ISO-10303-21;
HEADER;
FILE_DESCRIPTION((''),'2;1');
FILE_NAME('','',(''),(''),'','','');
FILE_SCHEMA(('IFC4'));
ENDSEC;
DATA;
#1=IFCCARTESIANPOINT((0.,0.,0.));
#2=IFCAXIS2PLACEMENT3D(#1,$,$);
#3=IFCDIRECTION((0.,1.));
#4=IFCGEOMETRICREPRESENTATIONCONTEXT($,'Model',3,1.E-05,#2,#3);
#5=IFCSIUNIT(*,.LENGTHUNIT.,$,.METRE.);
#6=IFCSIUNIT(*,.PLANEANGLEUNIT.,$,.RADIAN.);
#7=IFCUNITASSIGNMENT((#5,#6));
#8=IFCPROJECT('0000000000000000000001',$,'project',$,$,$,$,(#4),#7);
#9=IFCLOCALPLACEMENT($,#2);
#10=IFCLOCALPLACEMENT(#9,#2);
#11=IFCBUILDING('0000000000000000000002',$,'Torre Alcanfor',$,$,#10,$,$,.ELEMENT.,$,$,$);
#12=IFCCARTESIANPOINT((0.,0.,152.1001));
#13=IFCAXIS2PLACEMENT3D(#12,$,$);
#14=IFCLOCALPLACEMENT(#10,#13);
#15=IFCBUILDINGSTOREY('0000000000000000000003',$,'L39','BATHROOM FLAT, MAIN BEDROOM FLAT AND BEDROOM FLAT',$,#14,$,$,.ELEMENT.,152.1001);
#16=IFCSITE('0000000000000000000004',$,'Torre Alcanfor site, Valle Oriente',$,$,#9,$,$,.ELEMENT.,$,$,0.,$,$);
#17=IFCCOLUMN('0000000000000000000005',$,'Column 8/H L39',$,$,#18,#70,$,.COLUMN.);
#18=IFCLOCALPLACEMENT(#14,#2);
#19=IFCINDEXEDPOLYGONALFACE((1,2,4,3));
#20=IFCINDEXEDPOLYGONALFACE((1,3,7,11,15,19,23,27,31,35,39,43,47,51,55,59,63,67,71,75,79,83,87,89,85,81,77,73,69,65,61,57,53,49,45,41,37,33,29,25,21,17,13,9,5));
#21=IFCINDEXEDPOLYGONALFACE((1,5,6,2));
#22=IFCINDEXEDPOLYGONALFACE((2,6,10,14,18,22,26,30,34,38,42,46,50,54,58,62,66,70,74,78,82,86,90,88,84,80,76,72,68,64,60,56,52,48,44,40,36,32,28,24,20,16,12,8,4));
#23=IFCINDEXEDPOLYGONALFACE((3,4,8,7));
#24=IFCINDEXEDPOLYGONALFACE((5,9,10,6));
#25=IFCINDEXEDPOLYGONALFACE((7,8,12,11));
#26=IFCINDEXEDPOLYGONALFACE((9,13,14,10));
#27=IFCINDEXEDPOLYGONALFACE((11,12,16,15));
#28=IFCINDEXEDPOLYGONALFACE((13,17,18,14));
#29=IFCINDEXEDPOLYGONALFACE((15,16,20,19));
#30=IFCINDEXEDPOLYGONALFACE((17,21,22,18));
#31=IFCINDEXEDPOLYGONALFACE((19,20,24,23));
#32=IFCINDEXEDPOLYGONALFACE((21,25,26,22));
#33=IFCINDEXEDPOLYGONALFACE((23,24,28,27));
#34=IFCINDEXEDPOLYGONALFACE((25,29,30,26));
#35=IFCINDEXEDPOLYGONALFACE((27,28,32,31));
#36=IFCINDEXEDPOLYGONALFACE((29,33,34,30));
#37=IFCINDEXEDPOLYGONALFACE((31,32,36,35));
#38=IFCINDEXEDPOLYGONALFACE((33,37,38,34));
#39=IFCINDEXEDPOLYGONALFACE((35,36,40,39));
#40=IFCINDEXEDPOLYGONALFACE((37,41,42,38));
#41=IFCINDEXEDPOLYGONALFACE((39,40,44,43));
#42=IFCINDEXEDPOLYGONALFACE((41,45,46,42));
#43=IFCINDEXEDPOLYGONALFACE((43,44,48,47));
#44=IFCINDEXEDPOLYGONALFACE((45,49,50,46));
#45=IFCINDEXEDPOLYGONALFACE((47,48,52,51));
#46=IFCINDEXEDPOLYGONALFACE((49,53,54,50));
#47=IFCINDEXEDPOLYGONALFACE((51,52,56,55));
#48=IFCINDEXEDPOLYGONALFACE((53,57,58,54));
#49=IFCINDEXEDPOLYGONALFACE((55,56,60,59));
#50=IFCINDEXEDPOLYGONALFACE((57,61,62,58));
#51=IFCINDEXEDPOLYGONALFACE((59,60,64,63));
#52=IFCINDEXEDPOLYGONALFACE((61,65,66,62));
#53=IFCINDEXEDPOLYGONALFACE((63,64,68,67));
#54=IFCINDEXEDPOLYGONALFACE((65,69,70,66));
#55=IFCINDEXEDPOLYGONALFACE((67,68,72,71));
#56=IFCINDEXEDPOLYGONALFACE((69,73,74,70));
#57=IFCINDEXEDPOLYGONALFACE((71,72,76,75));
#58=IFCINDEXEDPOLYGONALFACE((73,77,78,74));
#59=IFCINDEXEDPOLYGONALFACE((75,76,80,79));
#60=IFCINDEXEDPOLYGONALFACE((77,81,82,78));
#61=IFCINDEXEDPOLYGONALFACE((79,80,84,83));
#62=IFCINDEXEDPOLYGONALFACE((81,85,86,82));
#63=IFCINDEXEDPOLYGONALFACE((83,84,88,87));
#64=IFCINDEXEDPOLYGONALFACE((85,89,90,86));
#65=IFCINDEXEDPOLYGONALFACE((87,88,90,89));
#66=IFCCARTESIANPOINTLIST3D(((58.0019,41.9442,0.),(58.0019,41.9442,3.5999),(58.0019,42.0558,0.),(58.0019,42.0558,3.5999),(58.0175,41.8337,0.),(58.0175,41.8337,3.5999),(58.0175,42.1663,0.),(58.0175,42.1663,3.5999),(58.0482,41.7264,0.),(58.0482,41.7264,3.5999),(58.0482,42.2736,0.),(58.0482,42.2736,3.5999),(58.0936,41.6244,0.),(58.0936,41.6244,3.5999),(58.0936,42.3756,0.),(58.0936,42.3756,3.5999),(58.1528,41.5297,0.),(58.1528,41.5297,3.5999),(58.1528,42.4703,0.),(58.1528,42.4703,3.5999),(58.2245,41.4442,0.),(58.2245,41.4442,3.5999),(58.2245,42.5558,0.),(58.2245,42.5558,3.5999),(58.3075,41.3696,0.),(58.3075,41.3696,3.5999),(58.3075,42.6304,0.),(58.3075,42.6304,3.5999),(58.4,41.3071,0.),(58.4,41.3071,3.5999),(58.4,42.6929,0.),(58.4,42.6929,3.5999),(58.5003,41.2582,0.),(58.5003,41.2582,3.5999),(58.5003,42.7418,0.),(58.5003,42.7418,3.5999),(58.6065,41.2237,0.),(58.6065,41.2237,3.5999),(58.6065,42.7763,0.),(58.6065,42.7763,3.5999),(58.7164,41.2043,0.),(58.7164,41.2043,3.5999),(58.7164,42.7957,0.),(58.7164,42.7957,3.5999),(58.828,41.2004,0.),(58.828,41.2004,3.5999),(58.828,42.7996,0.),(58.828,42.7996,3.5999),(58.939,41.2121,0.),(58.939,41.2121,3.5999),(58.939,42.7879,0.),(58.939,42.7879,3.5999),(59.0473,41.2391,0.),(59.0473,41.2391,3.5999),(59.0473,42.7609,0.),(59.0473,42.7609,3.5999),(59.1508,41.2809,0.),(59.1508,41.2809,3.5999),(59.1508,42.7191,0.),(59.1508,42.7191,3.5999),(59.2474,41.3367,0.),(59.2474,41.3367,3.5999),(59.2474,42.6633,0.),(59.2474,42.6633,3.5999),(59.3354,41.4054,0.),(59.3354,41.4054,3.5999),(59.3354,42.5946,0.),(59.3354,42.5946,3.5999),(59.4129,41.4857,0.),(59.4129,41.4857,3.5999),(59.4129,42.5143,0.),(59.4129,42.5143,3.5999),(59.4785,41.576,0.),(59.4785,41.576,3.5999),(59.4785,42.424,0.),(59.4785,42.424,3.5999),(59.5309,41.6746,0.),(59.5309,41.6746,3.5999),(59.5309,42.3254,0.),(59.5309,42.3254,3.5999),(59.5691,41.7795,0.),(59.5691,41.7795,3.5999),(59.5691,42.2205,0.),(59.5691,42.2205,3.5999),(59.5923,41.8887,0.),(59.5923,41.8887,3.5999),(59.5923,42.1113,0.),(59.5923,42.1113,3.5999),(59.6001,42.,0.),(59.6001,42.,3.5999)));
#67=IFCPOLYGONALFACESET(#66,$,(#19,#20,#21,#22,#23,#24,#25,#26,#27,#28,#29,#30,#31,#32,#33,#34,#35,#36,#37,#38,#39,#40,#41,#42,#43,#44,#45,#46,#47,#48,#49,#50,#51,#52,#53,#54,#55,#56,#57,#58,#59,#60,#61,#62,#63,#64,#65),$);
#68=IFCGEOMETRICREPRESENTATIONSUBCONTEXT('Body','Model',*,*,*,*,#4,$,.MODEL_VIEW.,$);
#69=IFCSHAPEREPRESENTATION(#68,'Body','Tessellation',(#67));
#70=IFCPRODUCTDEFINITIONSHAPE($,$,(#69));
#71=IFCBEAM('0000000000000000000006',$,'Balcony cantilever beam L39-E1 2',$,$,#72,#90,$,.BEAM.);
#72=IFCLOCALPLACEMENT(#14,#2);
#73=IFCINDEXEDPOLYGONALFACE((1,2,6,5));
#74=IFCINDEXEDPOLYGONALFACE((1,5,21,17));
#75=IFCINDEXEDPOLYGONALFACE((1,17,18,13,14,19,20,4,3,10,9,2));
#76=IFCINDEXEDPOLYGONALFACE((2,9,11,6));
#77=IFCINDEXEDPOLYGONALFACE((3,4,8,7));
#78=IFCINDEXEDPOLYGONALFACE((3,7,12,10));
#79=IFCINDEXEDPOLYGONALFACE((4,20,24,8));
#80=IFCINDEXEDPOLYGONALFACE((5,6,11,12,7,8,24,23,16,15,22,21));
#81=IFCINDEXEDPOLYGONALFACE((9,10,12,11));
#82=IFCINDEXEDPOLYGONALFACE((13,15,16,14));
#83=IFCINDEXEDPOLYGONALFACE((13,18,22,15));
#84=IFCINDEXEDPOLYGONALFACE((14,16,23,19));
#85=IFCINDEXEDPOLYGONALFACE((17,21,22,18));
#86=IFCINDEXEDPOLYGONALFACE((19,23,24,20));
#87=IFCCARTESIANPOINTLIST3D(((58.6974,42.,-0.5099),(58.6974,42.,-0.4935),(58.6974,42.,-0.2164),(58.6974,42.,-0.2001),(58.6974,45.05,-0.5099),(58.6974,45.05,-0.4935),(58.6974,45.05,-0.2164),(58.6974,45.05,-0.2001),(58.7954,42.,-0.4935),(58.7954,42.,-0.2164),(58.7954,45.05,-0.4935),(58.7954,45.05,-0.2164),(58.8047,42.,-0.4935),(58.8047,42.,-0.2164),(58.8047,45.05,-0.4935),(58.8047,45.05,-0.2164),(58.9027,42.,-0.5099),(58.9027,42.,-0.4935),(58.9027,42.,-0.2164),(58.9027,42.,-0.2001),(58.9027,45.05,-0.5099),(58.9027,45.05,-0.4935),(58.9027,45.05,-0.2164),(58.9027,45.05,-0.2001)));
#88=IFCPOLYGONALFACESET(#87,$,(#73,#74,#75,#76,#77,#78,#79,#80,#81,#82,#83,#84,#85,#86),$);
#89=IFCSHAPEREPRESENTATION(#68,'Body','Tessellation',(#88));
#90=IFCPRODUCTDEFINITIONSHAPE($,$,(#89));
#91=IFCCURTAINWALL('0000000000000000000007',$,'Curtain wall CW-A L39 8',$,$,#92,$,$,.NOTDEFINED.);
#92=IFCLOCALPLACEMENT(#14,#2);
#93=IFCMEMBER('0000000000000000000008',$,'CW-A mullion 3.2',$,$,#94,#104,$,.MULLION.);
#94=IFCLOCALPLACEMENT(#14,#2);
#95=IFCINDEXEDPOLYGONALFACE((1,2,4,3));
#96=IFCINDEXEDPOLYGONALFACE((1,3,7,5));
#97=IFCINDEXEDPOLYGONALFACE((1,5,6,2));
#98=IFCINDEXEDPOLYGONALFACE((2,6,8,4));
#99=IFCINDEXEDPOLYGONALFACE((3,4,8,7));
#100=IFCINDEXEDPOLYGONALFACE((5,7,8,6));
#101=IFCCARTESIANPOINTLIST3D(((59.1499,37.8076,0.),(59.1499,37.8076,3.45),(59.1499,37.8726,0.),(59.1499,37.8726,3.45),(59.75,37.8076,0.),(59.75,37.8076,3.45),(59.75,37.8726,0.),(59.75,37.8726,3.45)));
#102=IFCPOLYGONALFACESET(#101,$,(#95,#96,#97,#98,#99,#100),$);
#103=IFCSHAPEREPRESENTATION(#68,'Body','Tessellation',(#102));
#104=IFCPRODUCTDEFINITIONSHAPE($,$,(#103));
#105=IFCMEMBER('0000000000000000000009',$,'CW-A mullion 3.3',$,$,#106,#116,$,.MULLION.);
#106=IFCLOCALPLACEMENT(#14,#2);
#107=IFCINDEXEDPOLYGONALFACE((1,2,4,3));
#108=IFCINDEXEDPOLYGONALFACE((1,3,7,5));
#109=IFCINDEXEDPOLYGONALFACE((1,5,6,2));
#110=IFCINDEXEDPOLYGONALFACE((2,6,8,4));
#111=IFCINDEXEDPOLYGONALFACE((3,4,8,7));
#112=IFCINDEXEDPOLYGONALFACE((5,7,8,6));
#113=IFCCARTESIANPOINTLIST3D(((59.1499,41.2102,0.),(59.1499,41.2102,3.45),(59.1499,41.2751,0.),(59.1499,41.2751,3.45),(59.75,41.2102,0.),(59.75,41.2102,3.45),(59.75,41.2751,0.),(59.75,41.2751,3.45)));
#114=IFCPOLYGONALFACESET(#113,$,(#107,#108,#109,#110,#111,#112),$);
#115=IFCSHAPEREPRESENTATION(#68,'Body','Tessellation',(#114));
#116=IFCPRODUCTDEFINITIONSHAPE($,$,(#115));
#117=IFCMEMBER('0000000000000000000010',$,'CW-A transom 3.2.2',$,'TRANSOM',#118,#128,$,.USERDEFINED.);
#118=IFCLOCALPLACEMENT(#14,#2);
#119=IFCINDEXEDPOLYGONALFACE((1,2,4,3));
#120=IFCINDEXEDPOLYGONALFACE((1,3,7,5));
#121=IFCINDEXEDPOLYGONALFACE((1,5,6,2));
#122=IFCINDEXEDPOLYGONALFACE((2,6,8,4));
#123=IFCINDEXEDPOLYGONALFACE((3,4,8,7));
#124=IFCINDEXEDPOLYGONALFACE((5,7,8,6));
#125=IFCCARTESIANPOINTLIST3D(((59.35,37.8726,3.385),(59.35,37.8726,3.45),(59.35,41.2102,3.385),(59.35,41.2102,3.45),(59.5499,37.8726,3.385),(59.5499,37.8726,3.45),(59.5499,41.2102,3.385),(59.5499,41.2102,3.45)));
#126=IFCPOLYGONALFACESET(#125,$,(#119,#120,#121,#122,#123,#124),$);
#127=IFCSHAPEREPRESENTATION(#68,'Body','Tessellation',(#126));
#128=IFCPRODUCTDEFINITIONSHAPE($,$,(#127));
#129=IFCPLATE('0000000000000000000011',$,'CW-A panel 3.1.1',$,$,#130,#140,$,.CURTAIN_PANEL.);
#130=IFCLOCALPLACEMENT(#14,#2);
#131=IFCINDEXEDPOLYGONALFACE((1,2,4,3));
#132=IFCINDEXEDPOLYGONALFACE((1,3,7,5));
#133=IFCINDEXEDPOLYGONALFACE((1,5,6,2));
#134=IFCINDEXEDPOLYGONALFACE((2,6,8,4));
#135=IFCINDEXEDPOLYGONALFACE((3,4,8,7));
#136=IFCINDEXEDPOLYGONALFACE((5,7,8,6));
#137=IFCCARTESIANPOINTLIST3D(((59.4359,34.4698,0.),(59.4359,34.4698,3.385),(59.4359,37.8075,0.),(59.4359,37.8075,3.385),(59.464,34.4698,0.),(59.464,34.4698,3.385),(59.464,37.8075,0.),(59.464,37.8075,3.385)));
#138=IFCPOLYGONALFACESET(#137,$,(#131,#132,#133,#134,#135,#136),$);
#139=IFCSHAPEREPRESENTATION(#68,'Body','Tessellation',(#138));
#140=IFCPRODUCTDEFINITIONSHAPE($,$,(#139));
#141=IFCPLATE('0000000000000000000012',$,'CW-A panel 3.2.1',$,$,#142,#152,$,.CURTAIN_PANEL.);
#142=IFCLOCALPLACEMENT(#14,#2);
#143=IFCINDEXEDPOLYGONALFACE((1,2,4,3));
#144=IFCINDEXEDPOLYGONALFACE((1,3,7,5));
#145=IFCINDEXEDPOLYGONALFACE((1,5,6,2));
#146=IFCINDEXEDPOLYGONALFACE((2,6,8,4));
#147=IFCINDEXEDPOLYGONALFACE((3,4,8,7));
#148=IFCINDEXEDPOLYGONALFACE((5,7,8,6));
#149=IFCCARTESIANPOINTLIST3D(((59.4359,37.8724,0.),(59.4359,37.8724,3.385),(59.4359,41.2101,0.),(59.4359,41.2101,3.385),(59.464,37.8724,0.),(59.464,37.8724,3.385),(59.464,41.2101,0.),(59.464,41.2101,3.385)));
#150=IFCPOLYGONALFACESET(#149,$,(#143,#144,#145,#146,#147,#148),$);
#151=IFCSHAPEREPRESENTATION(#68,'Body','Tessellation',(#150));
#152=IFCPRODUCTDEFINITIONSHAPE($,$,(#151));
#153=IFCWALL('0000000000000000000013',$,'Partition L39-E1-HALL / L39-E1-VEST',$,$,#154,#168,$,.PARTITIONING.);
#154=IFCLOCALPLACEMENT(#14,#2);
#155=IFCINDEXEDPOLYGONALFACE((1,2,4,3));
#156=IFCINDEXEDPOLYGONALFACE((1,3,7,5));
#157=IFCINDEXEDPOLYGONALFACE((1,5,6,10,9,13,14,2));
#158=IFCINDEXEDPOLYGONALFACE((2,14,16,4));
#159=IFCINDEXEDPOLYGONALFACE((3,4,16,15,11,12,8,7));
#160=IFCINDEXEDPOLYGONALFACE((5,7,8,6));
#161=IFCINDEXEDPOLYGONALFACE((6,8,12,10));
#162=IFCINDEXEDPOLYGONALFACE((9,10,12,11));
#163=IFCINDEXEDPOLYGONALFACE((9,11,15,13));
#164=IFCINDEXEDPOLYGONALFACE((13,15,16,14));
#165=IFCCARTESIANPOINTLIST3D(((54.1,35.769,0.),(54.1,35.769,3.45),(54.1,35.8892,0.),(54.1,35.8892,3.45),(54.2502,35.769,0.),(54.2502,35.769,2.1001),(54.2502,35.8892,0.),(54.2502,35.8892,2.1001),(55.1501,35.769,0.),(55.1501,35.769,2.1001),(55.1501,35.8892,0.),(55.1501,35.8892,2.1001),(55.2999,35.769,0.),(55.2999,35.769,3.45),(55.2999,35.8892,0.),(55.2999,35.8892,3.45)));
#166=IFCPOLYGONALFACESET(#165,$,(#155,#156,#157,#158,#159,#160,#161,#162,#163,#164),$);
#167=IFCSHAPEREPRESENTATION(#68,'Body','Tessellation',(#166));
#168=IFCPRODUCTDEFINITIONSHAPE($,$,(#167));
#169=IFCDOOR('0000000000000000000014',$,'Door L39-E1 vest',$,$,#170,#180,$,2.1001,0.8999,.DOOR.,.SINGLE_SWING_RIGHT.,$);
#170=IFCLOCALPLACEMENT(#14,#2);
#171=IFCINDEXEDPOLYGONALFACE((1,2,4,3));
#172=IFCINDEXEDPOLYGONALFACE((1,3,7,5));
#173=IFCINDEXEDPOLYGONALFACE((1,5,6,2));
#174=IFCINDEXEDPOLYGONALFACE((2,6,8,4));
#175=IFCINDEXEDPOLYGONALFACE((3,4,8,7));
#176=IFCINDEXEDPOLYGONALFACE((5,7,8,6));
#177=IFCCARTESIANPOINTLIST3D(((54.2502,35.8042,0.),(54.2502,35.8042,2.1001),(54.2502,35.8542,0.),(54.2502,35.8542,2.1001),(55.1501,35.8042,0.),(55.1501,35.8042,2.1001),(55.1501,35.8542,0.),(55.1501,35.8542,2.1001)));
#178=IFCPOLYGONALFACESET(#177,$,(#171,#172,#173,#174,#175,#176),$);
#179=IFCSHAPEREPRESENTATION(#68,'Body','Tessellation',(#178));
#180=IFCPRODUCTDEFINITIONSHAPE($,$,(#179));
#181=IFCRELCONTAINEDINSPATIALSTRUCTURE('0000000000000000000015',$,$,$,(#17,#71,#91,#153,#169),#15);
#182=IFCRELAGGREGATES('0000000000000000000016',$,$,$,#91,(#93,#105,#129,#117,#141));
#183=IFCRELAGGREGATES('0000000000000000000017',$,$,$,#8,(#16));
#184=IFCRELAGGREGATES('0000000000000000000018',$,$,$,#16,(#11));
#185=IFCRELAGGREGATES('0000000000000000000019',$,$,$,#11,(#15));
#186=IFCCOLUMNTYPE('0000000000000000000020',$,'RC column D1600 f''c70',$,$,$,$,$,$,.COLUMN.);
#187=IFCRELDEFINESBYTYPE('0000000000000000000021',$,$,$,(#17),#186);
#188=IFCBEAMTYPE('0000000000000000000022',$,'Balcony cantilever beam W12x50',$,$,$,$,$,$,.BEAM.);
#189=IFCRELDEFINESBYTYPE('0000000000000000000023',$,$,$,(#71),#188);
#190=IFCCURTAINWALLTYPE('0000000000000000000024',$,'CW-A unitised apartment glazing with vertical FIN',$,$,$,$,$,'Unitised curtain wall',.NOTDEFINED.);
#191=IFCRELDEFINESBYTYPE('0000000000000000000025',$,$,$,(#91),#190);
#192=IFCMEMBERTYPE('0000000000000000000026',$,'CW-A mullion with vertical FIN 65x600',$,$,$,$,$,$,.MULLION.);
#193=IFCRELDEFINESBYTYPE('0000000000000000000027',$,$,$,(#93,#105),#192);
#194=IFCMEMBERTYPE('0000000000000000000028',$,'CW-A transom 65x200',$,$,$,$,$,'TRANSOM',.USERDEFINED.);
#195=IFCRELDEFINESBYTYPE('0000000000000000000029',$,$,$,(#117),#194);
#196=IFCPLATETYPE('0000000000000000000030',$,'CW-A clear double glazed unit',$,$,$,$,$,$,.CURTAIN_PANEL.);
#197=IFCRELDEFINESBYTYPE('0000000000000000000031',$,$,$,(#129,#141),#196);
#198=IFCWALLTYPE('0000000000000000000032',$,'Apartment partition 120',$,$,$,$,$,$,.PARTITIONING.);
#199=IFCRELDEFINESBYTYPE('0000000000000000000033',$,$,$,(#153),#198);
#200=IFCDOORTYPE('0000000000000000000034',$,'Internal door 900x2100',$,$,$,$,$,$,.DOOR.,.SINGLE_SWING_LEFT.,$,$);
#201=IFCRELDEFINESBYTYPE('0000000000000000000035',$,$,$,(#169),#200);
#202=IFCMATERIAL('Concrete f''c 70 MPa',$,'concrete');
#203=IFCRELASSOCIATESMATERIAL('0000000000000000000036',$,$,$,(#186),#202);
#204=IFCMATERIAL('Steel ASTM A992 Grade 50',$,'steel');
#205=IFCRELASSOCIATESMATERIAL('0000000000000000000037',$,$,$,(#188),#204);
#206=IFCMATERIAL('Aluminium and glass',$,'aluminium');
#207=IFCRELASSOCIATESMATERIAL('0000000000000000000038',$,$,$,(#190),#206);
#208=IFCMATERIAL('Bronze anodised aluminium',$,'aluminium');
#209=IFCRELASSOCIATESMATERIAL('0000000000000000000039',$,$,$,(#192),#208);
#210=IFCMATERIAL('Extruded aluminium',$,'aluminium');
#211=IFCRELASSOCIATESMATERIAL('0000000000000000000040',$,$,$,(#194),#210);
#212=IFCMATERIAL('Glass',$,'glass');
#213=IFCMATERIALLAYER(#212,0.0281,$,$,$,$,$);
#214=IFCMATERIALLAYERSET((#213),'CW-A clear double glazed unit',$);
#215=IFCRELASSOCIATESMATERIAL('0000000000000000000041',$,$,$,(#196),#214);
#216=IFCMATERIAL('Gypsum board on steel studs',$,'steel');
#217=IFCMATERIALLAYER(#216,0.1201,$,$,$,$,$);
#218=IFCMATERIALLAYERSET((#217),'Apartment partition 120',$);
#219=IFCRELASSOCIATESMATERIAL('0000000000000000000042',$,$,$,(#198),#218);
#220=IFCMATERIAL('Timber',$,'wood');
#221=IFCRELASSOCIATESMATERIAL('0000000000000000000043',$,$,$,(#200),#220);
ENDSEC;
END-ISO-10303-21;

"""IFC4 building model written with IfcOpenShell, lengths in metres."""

from ifc_helpers import new_model, si_unit, direction, frame, frame_2d, origin, origin_2d, place, context, subcontext, project, spatial, rectangle, circle, i_section, extrude, material, layer, layer_set, material_profile, profile_set, type_object, element, fill, aggregate, save


model = new_model("IFC4")

# Units and contexts
model_context = context("Model", 3, precision=1e-05, world=origin(), true_north=direction((0.0, 1.0)))
body_context = subcontext(model_context, "Body", "Model", "MODEL_VIEW")
ifc_project = project(units=[si_unit("LENGTHUNIT", "METRE"), si_unit("PLANEANGLEUNIT", "RADIAN")], contexts=[model_context])

# Site, building, storey
site_placement = place(None, origin())
site = spatial("IfcSite", under=ifc_project, at=site_placement, Name="Torre Alcanfor site, Valle Oriente", CompositionType="ELEMENT", RefElevation=0.0)
building_placement = place(site_placement, origin())
building = spatial("IfcBuilding", under=site, at=building_placement, Name="Torre Alcanfor", CompositionType="ELEMENT")
storey_placement = place(building_placement, frame((0.0, 0.0, 152.1001)))
storey = spatial("IfcBuildingStorey", under=building, at=storey_placement, Name="L39", Description="BATHROOM FLAT, MAIN BEDROOM FLAT AND BEDROOM FLAT", CompositionType="ELEMENT", Elevation=152.1001)

# Column
ifc_material_1 = material(Name="Concrete f'c 70 MPa", Category="concrete")
ifc_material_profile_1 = material_profile(ifc_material_1, circle(Radius=0.8, at=origin_2d()), Name="D1600")
ifc_profile_set_1 = profile_set([ifc_material_profile_1], Name="Concrete f'c 70 MPa")
column_type = type_object("IfcColumnType", Name="RC column D1600 f'c70", PredefinedType="COLUMN", material=ifc_profile_set_1)
column_placement = place(storey_placement, frame((58.8, 42.0, 0.0), z_axis=(0.0, 0.0, 1.0), x_axis=(1.0, 0.0, 0.0)))
element("IfcColumn", 1, at=column_placement, inside=storey, type_object=column_type, Name="Column 8/H L39", PredefinedType="COLUMN", context=body_context, shape_type="SweptSolid", body=[
    extrude(circle(Radius=0.8, at=origin_2d()), origin(), (0.0, 0.0, 1.0), 3.5999),
])

# Beam
ifc_material_2 = material(Name="Steel ASTM A992 Grade 50", Category="steel")
ifc_material_profile_2 = material_profile(ifc_material_2, i_section(OverallWidth=0.2053, OverallDepth=0.3098, WebThickness=0.0093, FlangeThickness=0.0164, at=origin_2d()), Name="W12x50")
ifc_profile_set_2 = profile_set([ifc_material_profile_2], Name="Steel ASTM A992 Grade 50")
beam_type = type_object("IfcBeamType", Name="Balcony cantilever beam W12x50", PredefinedType="BEAM", material=ifc_profile_set_2)
beam_placement = place(storey_placement, frame((58.8, 42.0, -0.355), z_axis=(0.0, 1.0, 0.0), x_axis=(-1.0, 0.0, 0.0)))
element("IfcBeam", 2, at=beam_placement, inside=storey, type_object=beam_type, Name="Balcony cantilever beam L39-E1 2", PredefinedType="BEAM", context=body_context, shape_type="SweptSolid", body=[
    extrude(i_section(OverallWidth=0.2053, OverallDepth=0.3098, WebThickness=0.0093, FlangeThickness=0.0164, at=origin_2d()), origin(), (0.0, 0.0, 1.0), 3.05),
])

# Curtain wall, members, plates
ifc_material_3 = material(Name="Aluminium and glass", Category="aluminium")
curtain_wall_type = type_object("IfcCurtainWallType", Name="CW-A unitised apartment glazing with vertical FIN", ElementType="Unitised curtain wall", PredefinedType="NOTDEFINED", material=ifc_material_3)
curtain_wall_placement = place(storey_placement, origin())
curtain_wall = element("IfcCurtainWall", 3, at=curtain_wall_placement, inside=storey, type_object=curtain_wall_type, Name="Curtain wall CW-A L39 8", PredefinedType="NOTDEFINED")
ifc_material_4 = material(Name="Bronze anodised aluminium", Category="aluminium")
ifc_material_profile_3 = material_profile(ifc_material_4, rectangle(XDim=0.6001, YDim=0.0649, at=origin_2d()), Name="CW-A mullion 65x600")
ifc_profile_set_3 = profile_set([ifc_material_profile_3], Name="Bronze anodised aluminium")
member_type_1 = type_object("IfcMemberType", Name="CW-A mullion with vertical FIN 65x600", PredefinedType="MULLION", material=ifc_profile_set_3)
member_1_placement = place(storey_placement, frame((59.45, 37.8401, 0.0), z_axis=(0.0, 0.0, 1.0), x_axis=(-1.0, 0.0, 0.0)))
member_1 = element("IfcMember", 4, at=member_1_placement, type_object=member_type_1, Name="CW-A mullion 3.2", PredefinedType="MULLION", context=body_context, shape_type="SweptSolid", body=[
    extrude(rectangle(XDim=0.6001, YDim=0.0649, at=origin_2d()), origin(), (0.0, 0.0, 1.0), 3.45),
])
member_2_placement = place(storey_placement, frame((59.45, 41.2427, 0.0), z_axis=(0.0, 0.0, 1.0), x_axis=(-1.0, 0.0, 0.0)))
member_2 = element("IfcMember", 5, at=member_2_placement, type_object=member_type_1, Name="CW-A mullion 3.3", PredefinedType="MULLION", context=body_context, shape_type="SweptSolid", body=[
    extrude(rectangle(XDim=0.6001, YDim=0.0649, at=origin_2d()), origin(), (0.0, 0.0, 1.0), 3.45),
])
ifc_material_5 = material(Name="Extruded aluminium", Category="aluminium")
ifc_material_profile_4 = material_profile(ifc_material_5, rectangle(XDim=0.2, YDim=0.0649, at=origin_2d()), Name="CW-A transom 200x65")
ifc_profile_set_4 = profile_set([ifc_material_profile_4], Name="Extruded aluminium")
member_type_2 = type_object("IfcMemberType", Name="CW-A transom 65x200", ElementType="TRANSOM", PredefinedType="USERDEFINED", material=ifc_profile_set_4)
member_3_placement = place(storey_placement, frame((59.45, 37.8726, 3.4175), z_axis=(0.0, 1.0, 0.0), x_axis=(-1.0, 0.0, 0.0)))
member_3 = element("IfcMember", 6, at=member_3_placement, type_object=member_type_2, Name="CW-A transom 3.2.2", ObjectType="TRANSOM", PredefinedType="USERDEFINED", context=body_context, shape_type="SweptSolid", body=[
    extrude(rectangle(XDim=0.2, YDim=0.0649, at=origin_2d()), origin(), (0.0, 0.0, 1.0), 3.3376),
])
ifc_material_6 = material(Name="Glass", Category="glass")
ifc_layer_1 = layer(ifc_material_6, 0.0281)
ifc_layer_set_1 = layer_set([ifc_layer_1], Name="CW-A clear double glazed unit")
plate_type = type_object("IfcPlateType", Name="CW-A clear double glazed unit", PredefinedType="CURTAIN_PANEL", material=ifc_layer_set_1)
plate_1_placement = place(storey_placement, frame((59.45, 36.1387, 0.0), z_axis=(0.0, 0.0, 1.0), x_axis=(0.0, 1.0, 0.0)))
plate_1 = element("IfcPlate", 7, at=plate_1_placement, type_object=plate_type, Name="CW-A panel 3.1.1", PredefinedType="CURTAIN_PANEL", context=body_context, shape_type="SweptSolid", body=[
    extrude(rectangle(XDim=3.3376, YDim=0.0281, at=origin_2d()), origin(), (0.0, 0.0, 1.0), 3.385),
])
plate_2_placement = place(storey_placement, frame((59.45, 39.5413, 0.0), z_axis=(0.0, 0.0, 1.0), x_axis=(0.0, 1.0, 0.0)))
plate_2 = element("IfcPlate", 8, at=plate_2_placement, type_object=plate_type, Name="CW-A panel 3.2.1", PredefinedType="CURTAIN_PANEL", context=body_context, shape_type="SweptSolid", body=[
    extrude(rectangle(XDim=3.3376, YDim=0.0281, at=origin_2d()), origin(), (0.0, 0.0, 1.0), 3.385),
])
aggregate(curtain_wall, [member_1, member_2, plate_1, member_3, plate_2])

# Wall, opening, door
ifc_material_7 = material(Name="Gypsum board on steel studs", Category="steel")
ifc_layer_2 = layer(ifc_material_7, 0.1201)
ifc_layer_set_2 = layer_set([ifc_layer_2], Name="Apartment partition 120")
wall_type_1 = type_object("IfcWallType", Name="Apartment partition 120", PredefinedType="PARTITIONING", material=ifc_layer_set_2)
wall_1_placement = place(storey_placement, frame((55.3, 35.8291, 0.0), z_axis=(0.0, 0.0, 1.0), x_axis=(-1.0, 0.0, 0.0)))
wall_1 = element("IfcWall", 9, at=wall_1_placement, inside=storey, type_object=wall_type_1, Name="Partition L39-E1-HALL / L39-E1-VEST", PredefinedType="PARTITIONING", context=body_context, shape_type="SweptSolid", body=[
    extrude(rectangle(XDim=1.2, YDim=0.1201, at=frame_2d((0.6001, 0.0))), origin(), (0.0, 0.0, 1.0), 3.45),
])
opening_1_placement = place(wall_1_placement, frame((0.1499, 0.0, 0.0)))
opening_1 = element("IfcOpeningElement", 10, at=opening_1_placement, cuts=wall_1, PredefinedType="OPENING", context=body_context, shape_type="SweptSolid", body=[
    extrude(rectangle(XDim=0.8999, YDim=2.1001, at=frame_2d((0.45, 1.05))), frame((0.0, 0.0701, 0.0), z_axis=(0.0, -1.0, 0.0), x_axis=(1.0, 0.0, 0.0)), (0.0, 0.0, 1.0), 0.1401),
])
ifc_material_8 = material(Name="Timber", Category="wood")
door_type_1 = type_object("IfcDoorType", Name="Internal door 900x2100", OperationType="SINGLE_SWING_LEFT", PredefinedType="DOOR", material=ifc_material_8)
door_1_placement = place(opening_1_placement, frame((0.8999, 0.0, 0.0), z_axis=(0.0, 0.0, 1.0), x_axis=(-1.0, 0.0, 0.0)))
door_1 = element("IfcDoor", 11, at=door_1_placement, inside=storey, type_object=door_type_1, Name="Door L39-E1 vest", OperationType="SINGLE_SWING_RIGHT", OverallHeight=2.1001, OverallWidth=0.8999, PredefinedType="DOOR", context=body_context, shape_type="SweptSolid", body=[
    extrude(rectangle(XDim=0.8999, YDim=2.1001, at=frame_2d((0.45, 1.05))), frame((0.0, 0.0251, 0.0), z_axis=(0.0, -1.0, 0.0), x_axis=(1.0, 0.0, 0.0)), (0.0, 0.0, 1.0), 0.05),
])
fill(opening_1, door_1)

save(model, "model.ifc")
